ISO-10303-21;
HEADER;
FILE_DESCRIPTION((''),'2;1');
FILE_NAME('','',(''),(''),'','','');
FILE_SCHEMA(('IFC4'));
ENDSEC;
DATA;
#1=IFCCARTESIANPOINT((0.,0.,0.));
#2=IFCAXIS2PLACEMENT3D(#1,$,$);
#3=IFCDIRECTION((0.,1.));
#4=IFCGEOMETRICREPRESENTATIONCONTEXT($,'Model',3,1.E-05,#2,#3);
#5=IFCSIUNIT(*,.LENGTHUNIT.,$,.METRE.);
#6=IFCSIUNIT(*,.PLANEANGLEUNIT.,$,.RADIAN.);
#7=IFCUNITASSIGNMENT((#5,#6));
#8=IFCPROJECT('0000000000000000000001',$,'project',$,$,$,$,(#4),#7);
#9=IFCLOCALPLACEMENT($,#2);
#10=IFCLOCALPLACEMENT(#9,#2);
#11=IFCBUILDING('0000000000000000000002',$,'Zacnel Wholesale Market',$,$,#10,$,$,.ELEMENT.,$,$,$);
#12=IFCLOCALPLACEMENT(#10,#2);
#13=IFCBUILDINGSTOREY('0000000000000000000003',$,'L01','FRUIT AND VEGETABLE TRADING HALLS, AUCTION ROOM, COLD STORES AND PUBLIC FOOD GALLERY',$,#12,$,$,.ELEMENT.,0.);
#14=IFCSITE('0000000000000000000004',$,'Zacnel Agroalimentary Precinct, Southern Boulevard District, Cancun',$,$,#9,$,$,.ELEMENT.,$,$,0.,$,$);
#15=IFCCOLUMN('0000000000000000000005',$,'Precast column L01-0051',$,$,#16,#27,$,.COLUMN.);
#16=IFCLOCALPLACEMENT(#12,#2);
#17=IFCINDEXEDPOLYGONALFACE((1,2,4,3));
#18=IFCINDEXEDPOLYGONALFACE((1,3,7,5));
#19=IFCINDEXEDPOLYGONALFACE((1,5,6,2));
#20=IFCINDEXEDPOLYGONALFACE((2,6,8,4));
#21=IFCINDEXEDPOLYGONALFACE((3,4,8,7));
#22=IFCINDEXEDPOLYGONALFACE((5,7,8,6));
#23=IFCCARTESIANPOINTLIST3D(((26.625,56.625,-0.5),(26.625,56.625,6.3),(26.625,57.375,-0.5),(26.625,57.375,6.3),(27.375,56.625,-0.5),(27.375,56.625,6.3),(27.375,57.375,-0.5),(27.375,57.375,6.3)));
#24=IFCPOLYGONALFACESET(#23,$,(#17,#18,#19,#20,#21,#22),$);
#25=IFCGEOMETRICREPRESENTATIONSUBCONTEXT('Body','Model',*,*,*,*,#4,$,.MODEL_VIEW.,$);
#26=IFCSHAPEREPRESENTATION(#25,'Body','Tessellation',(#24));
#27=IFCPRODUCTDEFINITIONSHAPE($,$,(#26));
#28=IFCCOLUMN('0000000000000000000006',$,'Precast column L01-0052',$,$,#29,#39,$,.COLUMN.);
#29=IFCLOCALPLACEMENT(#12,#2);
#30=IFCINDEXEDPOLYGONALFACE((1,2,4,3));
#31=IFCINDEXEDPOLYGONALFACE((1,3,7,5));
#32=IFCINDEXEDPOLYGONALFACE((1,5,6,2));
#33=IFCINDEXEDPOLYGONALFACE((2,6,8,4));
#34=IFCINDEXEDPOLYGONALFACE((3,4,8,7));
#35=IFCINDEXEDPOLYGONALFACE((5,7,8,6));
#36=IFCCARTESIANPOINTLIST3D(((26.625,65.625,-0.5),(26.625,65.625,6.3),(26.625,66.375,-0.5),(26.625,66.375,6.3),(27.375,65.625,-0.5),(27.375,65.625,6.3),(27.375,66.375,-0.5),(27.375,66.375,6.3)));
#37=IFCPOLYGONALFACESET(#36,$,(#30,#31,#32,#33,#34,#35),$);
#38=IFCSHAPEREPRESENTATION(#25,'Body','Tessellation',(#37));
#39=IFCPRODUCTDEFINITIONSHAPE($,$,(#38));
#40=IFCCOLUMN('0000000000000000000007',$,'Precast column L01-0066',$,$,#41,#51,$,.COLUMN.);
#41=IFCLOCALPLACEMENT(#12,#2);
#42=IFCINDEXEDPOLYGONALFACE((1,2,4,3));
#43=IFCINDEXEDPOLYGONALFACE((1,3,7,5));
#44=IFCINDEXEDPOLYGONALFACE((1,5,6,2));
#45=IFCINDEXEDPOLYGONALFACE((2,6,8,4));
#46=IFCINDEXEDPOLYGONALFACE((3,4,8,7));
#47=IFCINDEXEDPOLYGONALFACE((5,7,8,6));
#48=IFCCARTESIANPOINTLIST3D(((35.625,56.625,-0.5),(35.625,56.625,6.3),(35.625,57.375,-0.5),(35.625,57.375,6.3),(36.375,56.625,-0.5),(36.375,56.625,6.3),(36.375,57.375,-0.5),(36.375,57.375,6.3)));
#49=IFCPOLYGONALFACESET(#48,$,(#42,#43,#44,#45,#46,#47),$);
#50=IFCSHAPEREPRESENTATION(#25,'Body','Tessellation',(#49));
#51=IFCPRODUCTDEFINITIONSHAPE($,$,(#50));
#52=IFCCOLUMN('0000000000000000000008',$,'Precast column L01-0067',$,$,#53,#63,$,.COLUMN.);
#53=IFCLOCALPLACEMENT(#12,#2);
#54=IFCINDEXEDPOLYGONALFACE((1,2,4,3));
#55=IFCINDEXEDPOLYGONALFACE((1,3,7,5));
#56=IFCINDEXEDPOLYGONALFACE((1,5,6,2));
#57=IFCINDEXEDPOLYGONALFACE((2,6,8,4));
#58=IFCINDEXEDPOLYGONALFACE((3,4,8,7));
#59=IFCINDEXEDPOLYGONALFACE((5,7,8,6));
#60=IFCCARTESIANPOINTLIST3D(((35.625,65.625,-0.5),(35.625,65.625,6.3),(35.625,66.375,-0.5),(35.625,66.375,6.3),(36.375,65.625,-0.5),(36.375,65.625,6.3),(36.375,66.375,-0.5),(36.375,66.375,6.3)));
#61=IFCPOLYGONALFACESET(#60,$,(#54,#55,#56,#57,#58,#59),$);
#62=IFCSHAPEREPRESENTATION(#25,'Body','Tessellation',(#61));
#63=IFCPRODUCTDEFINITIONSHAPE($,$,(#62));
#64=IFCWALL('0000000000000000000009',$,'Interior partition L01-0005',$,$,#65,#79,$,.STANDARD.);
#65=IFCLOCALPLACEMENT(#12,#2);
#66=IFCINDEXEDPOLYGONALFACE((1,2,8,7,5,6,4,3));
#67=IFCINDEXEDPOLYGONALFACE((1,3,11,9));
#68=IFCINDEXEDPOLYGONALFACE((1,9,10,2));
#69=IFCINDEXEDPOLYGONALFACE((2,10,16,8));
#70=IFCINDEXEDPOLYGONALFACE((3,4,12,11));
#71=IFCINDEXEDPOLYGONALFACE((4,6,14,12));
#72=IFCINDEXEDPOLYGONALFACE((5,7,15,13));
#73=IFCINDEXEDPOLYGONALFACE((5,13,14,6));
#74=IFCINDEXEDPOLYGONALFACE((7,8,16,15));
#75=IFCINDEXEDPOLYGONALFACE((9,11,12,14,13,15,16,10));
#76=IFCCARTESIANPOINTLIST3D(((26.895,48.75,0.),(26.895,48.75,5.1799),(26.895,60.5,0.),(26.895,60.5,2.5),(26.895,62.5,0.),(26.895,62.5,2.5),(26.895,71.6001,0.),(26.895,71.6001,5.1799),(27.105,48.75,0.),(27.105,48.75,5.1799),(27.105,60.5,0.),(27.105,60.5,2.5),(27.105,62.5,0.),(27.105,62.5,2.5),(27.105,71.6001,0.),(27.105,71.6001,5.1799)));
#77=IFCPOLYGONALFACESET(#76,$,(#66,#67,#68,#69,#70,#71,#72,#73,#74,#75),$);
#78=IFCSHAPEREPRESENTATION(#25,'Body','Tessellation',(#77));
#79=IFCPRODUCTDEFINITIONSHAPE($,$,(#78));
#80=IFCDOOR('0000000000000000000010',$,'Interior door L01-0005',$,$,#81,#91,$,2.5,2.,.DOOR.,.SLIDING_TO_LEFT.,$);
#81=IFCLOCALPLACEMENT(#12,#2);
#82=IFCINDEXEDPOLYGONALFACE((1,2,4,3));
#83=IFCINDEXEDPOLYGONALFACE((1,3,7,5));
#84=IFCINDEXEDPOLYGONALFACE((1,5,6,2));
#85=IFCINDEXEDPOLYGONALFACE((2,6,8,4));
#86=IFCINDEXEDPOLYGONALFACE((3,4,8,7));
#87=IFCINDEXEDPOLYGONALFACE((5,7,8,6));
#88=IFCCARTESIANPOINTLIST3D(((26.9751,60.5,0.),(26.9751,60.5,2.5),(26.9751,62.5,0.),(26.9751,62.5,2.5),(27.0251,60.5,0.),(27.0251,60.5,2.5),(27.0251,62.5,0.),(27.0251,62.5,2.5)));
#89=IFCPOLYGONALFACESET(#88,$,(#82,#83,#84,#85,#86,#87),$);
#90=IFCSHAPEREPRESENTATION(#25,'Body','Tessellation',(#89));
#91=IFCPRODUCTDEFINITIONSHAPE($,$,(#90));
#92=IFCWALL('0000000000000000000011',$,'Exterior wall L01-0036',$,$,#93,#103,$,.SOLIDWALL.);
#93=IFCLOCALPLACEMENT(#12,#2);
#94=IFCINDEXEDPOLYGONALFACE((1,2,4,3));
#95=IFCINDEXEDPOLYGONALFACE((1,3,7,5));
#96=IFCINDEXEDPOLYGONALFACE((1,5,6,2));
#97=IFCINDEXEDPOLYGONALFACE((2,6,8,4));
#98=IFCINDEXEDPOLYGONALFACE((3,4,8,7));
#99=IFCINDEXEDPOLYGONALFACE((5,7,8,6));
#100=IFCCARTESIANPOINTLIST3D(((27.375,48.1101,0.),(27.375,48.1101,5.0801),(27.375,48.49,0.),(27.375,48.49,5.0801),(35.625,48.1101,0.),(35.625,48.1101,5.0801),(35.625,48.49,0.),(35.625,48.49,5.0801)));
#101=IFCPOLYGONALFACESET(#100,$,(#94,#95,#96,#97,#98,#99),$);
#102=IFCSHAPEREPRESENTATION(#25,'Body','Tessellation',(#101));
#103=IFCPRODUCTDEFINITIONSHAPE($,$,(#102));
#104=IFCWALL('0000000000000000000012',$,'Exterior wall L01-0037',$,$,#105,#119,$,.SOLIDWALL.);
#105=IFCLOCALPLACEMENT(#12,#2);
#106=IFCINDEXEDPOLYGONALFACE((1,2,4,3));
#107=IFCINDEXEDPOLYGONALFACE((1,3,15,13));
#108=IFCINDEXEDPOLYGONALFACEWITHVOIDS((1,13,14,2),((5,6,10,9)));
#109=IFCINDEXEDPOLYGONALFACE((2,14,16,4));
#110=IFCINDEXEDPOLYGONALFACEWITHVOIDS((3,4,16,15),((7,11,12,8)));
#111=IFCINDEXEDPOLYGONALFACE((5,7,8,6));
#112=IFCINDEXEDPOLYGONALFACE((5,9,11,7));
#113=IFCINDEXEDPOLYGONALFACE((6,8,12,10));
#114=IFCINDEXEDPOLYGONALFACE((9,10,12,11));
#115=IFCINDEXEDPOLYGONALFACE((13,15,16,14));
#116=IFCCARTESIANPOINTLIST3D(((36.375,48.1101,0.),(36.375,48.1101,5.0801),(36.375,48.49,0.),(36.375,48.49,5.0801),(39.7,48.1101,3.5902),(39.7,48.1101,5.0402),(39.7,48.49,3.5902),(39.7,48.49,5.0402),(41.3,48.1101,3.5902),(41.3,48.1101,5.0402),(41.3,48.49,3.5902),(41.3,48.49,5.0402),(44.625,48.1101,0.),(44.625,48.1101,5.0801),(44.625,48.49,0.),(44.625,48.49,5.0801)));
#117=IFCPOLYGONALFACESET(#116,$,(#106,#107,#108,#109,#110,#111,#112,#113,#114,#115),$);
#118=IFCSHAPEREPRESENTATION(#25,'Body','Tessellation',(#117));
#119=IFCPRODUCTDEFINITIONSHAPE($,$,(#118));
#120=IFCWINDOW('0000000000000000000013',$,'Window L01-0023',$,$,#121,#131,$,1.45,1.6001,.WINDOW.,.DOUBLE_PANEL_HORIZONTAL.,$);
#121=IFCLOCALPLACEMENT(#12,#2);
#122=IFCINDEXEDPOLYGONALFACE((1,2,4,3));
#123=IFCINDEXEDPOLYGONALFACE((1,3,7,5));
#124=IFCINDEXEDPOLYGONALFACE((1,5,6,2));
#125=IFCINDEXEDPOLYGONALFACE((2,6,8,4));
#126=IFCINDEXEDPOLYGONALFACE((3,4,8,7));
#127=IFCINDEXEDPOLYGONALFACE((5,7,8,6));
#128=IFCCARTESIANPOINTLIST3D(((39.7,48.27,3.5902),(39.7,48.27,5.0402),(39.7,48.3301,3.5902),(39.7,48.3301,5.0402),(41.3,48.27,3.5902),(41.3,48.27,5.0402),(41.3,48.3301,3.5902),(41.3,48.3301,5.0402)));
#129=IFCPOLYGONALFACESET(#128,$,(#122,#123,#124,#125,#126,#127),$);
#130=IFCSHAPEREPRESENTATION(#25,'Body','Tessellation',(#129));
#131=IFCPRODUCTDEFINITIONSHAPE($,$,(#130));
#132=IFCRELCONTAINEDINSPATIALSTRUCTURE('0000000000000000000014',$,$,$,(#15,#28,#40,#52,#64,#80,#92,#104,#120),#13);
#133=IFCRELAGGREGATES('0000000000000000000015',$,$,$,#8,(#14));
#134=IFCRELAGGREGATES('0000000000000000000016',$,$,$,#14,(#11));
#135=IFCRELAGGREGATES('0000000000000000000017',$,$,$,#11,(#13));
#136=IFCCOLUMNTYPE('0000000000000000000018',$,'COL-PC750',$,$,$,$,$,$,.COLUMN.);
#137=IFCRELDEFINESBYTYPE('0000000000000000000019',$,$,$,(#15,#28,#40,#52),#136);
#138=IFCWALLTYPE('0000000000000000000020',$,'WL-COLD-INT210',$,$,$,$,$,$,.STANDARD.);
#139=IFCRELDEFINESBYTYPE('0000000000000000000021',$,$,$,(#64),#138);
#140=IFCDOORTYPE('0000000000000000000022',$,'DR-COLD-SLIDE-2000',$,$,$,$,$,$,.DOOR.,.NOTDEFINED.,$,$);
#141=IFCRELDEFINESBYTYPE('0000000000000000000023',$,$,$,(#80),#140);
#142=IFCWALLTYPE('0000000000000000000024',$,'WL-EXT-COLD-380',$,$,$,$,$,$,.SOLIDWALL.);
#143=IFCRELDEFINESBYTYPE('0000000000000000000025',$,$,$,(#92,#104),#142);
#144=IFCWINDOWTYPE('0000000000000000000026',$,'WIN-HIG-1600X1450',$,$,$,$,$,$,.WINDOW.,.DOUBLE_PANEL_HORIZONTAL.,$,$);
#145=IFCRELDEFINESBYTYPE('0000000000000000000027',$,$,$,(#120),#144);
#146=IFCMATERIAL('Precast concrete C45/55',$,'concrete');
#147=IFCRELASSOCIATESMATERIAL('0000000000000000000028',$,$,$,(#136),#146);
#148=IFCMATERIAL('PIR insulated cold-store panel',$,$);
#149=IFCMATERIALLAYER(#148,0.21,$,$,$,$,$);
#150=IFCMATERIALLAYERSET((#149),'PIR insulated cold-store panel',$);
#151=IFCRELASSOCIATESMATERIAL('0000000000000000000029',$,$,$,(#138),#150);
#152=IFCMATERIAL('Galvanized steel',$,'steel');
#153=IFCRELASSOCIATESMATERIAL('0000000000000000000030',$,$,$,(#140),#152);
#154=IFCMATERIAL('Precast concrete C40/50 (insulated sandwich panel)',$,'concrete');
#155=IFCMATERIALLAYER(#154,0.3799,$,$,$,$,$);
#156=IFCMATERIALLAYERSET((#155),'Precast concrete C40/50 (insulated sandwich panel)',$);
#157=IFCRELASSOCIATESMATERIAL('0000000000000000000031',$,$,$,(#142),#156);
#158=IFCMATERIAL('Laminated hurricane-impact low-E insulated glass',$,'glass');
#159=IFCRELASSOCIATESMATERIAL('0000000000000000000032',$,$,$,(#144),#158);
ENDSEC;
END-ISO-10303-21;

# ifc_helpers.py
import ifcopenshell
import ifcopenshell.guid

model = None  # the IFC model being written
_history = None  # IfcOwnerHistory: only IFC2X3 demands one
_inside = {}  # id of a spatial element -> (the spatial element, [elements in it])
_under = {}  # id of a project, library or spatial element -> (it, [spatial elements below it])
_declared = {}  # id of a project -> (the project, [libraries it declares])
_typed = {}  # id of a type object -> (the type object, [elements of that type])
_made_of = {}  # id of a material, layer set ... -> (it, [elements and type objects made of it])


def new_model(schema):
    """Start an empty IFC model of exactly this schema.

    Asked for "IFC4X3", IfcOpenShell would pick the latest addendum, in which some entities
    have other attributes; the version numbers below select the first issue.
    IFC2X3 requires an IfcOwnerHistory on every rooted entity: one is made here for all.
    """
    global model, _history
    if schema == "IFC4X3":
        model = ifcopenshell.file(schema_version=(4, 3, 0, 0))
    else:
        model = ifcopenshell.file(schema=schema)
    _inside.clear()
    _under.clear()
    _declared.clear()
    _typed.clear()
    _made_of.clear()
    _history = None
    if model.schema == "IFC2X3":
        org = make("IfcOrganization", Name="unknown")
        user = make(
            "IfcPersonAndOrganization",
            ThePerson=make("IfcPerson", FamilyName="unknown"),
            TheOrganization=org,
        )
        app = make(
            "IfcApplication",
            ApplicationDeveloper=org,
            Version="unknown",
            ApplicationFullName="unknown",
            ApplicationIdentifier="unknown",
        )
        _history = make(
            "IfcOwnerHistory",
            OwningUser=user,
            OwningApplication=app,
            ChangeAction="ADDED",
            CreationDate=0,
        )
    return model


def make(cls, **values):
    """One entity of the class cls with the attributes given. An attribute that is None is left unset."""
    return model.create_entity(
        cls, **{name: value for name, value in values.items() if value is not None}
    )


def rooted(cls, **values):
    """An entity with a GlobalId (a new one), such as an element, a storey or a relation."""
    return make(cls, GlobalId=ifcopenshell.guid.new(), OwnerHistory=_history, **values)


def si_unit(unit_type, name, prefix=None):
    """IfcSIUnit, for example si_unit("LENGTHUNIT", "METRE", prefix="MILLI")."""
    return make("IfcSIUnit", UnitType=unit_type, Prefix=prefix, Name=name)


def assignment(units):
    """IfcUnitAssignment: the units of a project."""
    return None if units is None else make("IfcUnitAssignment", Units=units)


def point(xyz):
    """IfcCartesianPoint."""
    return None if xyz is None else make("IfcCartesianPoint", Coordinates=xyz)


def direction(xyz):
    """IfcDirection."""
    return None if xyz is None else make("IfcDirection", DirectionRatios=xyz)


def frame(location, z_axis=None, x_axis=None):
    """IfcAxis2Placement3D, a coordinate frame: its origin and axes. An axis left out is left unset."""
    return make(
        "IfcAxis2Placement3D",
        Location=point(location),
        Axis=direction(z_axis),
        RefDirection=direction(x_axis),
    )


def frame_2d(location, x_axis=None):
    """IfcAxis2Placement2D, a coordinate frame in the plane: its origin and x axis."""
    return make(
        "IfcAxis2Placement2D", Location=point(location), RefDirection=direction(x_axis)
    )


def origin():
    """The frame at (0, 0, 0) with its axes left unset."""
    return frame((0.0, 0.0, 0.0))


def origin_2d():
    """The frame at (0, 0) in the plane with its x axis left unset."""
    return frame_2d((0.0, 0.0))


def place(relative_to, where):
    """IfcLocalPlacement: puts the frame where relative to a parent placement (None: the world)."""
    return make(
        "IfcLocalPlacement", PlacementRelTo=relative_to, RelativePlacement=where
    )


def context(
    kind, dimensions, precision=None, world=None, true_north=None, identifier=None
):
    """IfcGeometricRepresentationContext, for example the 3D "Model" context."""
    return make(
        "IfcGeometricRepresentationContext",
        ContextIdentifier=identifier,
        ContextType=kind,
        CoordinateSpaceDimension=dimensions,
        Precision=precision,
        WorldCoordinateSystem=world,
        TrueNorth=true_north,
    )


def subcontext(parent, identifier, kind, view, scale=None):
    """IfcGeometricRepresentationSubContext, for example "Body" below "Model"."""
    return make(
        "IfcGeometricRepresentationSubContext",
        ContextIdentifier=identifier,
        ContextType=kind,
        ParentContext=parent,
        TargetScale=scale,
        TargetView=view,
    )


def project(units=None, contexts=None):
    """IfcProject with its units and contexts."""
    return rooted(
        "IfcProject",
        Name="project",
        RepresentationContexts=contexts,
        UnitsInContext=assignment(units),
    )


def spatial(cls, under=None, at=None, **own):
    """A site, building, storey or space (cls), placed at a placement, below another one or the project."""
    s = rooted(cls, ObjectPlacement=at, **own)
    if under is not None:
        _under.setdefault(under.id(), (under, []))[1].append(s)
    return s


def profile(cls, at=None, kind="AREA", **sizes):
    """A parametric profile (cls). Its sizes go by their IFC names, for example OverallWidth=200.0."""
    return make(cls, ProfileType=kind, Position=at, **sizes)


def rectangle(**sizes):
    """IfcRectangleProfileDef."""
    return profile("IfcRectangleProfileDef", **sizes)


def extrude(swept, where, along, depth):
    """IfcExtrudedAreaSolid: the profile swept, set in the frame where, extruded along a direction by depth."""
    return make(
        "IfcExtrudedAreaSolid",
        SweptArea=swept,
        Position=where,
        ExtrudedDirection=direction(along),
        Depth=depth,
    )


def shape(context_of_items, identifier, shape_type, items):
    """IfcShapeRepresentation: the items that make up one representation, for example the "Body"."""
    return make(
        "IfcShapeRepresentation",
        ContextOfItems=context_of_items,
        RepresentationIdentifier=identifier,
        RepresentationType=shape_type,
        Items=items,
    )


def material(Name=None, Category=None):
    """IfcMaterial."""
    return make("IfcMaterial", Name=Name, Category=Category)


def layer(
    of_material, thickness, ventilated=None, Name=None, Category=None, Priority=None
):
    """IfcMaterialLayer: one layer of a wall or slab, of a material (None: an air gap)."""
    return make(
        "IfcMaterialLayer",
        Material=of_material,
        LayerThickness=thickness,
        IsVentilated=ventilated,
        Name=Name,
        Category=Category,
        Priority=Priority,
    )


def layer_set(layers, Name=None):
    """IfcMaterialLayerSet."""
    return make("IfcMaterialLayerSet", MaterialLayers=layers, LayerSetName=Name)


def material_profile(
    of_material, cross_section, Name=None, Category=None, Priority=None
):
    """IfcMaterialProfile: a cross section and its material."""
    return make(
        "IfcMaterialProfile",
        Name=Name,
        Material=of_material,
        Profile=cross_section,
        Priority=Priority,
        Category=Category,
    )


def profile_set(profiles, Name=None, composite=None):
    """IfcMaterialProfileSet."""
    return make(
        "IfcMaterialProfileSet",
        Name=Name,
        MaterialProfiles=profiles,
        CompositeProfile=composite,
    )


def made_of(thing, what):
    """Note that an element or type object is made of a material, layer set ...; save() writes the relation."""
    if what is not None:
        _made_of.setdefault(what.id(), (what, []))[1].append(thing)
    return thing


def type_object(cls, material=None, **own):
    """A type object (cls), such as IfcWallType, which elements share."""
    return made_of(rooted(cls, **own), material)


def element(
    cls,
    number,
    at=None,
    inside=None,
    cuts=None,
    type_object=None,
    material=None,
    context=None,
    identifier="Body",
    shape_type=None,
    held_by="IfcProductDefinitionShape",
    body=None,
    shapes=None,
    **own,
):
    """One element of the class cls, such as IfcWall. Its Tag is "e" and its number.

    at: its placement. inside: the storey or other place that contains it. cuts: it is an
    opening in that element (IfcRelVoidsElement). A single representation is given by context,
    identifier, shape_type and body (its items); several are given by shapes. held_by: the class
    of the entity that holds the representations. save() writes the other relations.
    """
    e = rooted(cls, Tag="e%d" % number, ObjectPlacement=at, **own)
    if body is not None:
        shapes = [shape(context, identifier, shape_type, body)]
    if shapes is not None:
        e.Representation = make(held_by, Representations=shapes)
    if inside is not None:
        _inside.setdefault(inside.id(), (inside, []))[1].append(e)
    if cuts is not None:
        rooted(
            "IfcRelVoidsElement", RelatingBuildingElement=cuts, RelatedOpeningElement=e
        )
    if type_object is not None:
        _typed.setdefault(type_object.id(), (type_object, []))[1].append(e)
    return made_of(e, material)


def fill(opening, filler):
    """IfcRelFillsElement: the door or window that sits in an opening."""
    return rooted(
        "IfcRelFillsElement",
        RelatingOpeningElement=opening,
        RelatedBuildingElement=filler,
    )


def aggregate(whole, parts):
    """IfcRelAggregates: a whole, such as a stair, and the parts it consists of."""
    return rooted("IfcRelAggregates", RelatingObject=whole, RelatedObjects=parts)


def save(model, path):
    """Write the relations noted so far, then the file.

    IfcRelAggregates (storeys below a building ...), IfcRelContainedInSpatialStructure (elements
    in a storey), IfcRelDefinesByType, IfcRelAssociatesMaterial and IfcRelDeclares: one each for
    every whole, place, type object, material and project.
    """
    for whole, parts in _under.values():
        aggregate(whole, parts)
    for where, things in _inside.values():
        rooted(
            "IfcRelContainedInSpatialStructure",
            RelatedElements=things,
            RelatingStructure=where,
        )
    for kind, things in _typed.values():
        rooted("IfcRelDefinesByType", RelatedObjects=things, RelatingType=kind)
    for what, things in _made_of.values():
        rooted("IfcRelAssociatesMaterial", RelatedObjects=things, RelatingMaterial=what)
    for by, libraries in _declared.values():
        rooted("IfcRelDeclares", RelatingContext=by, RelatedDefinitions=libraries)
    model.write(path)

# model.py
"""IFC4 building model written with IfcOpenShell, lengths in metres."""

from ifc_helpers import new_model, si_unit, direction, frame, frame_2d, origin, origin_2d, place, context, subcontext, project, spatial, rectangle, extrude, material, layer, layer_set, material_profile, profile_set, type_object, element, fill, save


model = new_model("IFC4")

# Units and contexts
model_context = context("Model", 3, precision=1e-05, world=origin(), true_north=direction((0.0, 1.0)))
body_context = subcontext(model_context, "Body", "Model", "MODEL_VIEW")
ifc_project = project(units=[si_unit("LENGTHUNIT", "METRE"), si_unit("PLANEANGLEUNIT", "RADIAN")], contexts=[model_context])

# Site, building, storey
site_placement = place(None, origin())
site = spatial("IfcSite", under=ifc_project, at=site_placement, Name="Zacnel Agroalimentary Precinct, Southern Boulevard District, Cancun", CompositionType="ELEMENT", RefElevation=0.0)
building_placement = place(site_placement, origin())
building = spatial("IfcBuilding", under=site, at=building_placement, Name="Zacnel Wholesale Market", CompositionType="ELEMENT")
storey_placement = place(building_placement, origin())
storey = spatial("IfcBuildingStorey", under=building, at=storey_placement, Name="L01", Description="FRUIT AND VEGETABLE TRADING HALLS, AUCTION ROOM, COLD STORES AND PUBLIC FOOD GALLERY", CompositionType="ELEMENT", Elevation=0.0)

# Columns
ifc_material_1 = material(Name="Precast concrete C45/55", Category="concrete")
ifc_material_profile_1 = material_profile(ifc_material_1, rectangle(XDim=0.75, YDim=0.75, at=origin_2d()), Name="PC 750x750")
ifc_profile_set_1 = profile_set([ifc_material_profile_1], Name="Precast concrete C45/55")
column_type_1 = type_object("IfcColumnType", Name="COL-PC750", PredefinedType="COLUMN", material=ifc_profile_set_1)
for number, where, z_axis, x_axis, name in (
    (1, (27.0, 57.0, -0.5), (0.0, 0.0, 1.0), (1.0, 0.0, 0.0), "Precast column L01-0051"),
    (2, (27.0, 66.0, -0.5), (0.0, 0.0, 1.0), (1.0, 0.0, 0.0), "Precast column L01-0052"),
    (3, (36.0, 57.0, -0.5), (0.0, 0.0, 1.0), (1.0, 0.0, 0.0), "Precast column L01-0066"),
    (4, (36.0, 66.0, -0.5), (0.0, 0.0, 1.0), (1.0, 0.0, 0.0), "Precast column L01-0067"),
):
    element("IfcColumn", number, at=place(storey_placement, frame(where, z_axis=z_axis, x_axis=x_axis)), inside=storey, type_object=column_type_1, Name=name, PredefinedType="COLUMN", context=body_context, shape_type="SweptSolid", body=[
        extrude(rectangle(XDim=0.75, YDim=0.75, at=origin_2d()), origin(), (0.0, 0.0, 1.0), 6.8),
    ])

# Wall, opening, door
ifc_material_2 = material(Name="PIR insulated cold-store panel")
ifc_layer_1 = layer(ifc_material_2, 0.21)
ifc_layer_set_1 = layer_set([ifc_layer_1], Name="PIR insulated cold-store panel")
wall_type_1 = type_object("IfcWallType", Name="WL-COLD-INT210", PredefinedType="STANDARD", material=ifc_layer_set_1)
wall_1_placement = place(storey_placement, frame((27.0, 48.75, 0.0), z_axis=(0.0, 0.0, 1.0), x_axis=(0.0, 1.0, 0.0)))
wall_1 = element("IfcWall", 5, at=wall_1_placement, inside=storey, type_object=wall_type_1, Name="Interior partition L01-0005", PredefinedType="STANDARD", context=body_context, shape_type="SweptSolid", body=[
    extrude(rectangle(XDim=22.8501, YDim=0.21, at=frame_2d((11.425, 0.0))), origin(), (0.0, 0.0, 1.0), 5.1799),
])
opening_1_placement = place(wall_1_placement, frame((11.75, 0.0, 0.0)))
opening_1 = element("IfcOpeningElement", 6, at=opening_1_placement, cuts=wall_1, PredefinedType="OPENING", context=body_context, shape_type="SweptSolid", body=[
    extrude(rectangle(XDim=2.0, YDim=2.5, at=frame_2d((1.0, 1.25))), frame((0.0, 0.115, 0.0), z_axis=(0.0, -1.0, 0.0), x_axis=(1.0, 0.0, 0.0)), (0.0, 0.0, 1.0), 0.23),
])
ifc_material_3 = material(Name="Galvanized steel", Category="steel")
door_type = type_object("IfcDoorType", Name="DR-COLD-SLIDE-2000", OperationType="NOTDEFINED", PredefinedType="DOOR", material=ifc_material_3)
door_placement = place(opening_1_placement, origin())
door = element("IfcDoor", 7, at=door_placement, inside=storey, type_object=door_type, Name="Interior door L01-0005", OperationType="SLIDING_TO_LEFT", OverallHeight=2.5, OverallWidth=2.0, PredefinedType="DOOR", context=body_context, shape_type="SweptSolid", body=[
    extrude(rectangle(XDim=2.0, YDim=2.5, at=frame_2d((1.0, 1.25))), frame((0.0, 0.0249, 0.0), z_axis=(0.0, -1.0, 0.0), x_axis=(1.0, 0.0, 0.0)), (0.0, 0.0, 1.0), 0.05),
])
fill(opening_1, door)

# Wall
ifc_material_4 = material(Name="Precast concrete C40/50 (insulated sandwich panel)", Category="concrete")
ifc_layer_2 = layer(ifc_material_4, 0.3799)
ifc_layer_set_2 = layer_set([ifc_layer_2], Name="Precast concrete C40/50 (insulated sandwich panel)")
wall_type_2 = type_object("IfcWallType", Name="WL-EXT-COLD-380", PredefinedType="SOLIDWALL", material=ifc_layer_set_2)
wall_2_placement = place(storey_placement, frame((27.375, 48.3, 0.0), z_axis=(0.0, 0.0, 1.0), x_axis=(1.0, 0.0, 0.0)))
element("IfcWall", 8, at=wall_2_placement, inside=storey, type_object=wall_type_2, Name="Exterior wall L01-0036", PredefinedType="SOLIDWALL", context=body_context, shape_type="SweptSolid", body=[
    extrude(rectangle(XDim=8.25, YDim=0.3799, at=frame_2d((4.125, 0.0))), origin(), (0.0, 0.0, 1.0), 5.0801),
])

# Wall, opening, window
wall_3_placement = place(storey_placement, frame((36.375, 48.3, 0.0), z_axis=(0.0, 0.0, 1.0), x_axis=(1.0, 0.0, 0.0)))
wall_3 = element("IfcWall", 9, at=wall_3_placement, inside=storey, type_object=wall_type_2, Name="Exterior wall L01-0037", PredefinedType="SOLIDWALL", context=body_context, shape_type="SweptSolid", body=[
    extrude(rectangle(XDim=8.25, YDim=0.3799, at=frame_2d((4.125, 0.0))), origin(), (0.0, 0.0, 1.0), 5.0801),
])
opening_2_placement = place(wall_3_placement, frame((3.325, 0.0, 3.5901)))
opening_2 = element("IfcOpeningElement", 10, at=opening_2_placement, cuts=wall_3, PredefinedType="OPENING", context=body_context, shape_type="SweptSolid", body=[
    extrude(rectangle(XDim=1.6001, YDim=1.45, at=frame_2d((0.8, 0.7251))), frame((0.0, 0.2, 0.0), z_axis=(0.0, -1.0, 0.0), x_axis=(1.0, 0.0, 0.0)), (0.0, 0.0, 1.0), 0.3999),
])
ifc_material_5 = material(Name="Laminated hurricane-impact low-E insulated glass", Category="glass")
window_type = type_object("IfcWindowType", Name="WIN-HIG-1600X1450", PartitioningType="DOUBLE_PANEL_HORIZONTAL", PredefinedType="WINDOW", material=ifc_material_5)
window_placement = place(opening_2_placement, origin())
window = element("IfcWindow", 11, at=window_placement, inside=storey, type_object=window_type, Name="Window L01-0023", OverallHeight=1.45, OverallWidth=1.6001, PartitioningType="DOUBLE_PANEL_HORIZONTAL", PredefinedType="WINDOW", context=body_context, shape_type="SweptSolid", body=[
    extrude(rectangle(XDim=1.6001, YDim=1.45, at=frame_2d((0.8, 0.7251))), frame((0.0, 0.03, 0.0), z_axis=(0.0, -1.0, 0.0), x_axis=(1.0, 0.0, 0.0)), (0.0, 0.0, 1.0), 0.0601),
])
fill(opening_2, window)

save(model, "model.ifc")
